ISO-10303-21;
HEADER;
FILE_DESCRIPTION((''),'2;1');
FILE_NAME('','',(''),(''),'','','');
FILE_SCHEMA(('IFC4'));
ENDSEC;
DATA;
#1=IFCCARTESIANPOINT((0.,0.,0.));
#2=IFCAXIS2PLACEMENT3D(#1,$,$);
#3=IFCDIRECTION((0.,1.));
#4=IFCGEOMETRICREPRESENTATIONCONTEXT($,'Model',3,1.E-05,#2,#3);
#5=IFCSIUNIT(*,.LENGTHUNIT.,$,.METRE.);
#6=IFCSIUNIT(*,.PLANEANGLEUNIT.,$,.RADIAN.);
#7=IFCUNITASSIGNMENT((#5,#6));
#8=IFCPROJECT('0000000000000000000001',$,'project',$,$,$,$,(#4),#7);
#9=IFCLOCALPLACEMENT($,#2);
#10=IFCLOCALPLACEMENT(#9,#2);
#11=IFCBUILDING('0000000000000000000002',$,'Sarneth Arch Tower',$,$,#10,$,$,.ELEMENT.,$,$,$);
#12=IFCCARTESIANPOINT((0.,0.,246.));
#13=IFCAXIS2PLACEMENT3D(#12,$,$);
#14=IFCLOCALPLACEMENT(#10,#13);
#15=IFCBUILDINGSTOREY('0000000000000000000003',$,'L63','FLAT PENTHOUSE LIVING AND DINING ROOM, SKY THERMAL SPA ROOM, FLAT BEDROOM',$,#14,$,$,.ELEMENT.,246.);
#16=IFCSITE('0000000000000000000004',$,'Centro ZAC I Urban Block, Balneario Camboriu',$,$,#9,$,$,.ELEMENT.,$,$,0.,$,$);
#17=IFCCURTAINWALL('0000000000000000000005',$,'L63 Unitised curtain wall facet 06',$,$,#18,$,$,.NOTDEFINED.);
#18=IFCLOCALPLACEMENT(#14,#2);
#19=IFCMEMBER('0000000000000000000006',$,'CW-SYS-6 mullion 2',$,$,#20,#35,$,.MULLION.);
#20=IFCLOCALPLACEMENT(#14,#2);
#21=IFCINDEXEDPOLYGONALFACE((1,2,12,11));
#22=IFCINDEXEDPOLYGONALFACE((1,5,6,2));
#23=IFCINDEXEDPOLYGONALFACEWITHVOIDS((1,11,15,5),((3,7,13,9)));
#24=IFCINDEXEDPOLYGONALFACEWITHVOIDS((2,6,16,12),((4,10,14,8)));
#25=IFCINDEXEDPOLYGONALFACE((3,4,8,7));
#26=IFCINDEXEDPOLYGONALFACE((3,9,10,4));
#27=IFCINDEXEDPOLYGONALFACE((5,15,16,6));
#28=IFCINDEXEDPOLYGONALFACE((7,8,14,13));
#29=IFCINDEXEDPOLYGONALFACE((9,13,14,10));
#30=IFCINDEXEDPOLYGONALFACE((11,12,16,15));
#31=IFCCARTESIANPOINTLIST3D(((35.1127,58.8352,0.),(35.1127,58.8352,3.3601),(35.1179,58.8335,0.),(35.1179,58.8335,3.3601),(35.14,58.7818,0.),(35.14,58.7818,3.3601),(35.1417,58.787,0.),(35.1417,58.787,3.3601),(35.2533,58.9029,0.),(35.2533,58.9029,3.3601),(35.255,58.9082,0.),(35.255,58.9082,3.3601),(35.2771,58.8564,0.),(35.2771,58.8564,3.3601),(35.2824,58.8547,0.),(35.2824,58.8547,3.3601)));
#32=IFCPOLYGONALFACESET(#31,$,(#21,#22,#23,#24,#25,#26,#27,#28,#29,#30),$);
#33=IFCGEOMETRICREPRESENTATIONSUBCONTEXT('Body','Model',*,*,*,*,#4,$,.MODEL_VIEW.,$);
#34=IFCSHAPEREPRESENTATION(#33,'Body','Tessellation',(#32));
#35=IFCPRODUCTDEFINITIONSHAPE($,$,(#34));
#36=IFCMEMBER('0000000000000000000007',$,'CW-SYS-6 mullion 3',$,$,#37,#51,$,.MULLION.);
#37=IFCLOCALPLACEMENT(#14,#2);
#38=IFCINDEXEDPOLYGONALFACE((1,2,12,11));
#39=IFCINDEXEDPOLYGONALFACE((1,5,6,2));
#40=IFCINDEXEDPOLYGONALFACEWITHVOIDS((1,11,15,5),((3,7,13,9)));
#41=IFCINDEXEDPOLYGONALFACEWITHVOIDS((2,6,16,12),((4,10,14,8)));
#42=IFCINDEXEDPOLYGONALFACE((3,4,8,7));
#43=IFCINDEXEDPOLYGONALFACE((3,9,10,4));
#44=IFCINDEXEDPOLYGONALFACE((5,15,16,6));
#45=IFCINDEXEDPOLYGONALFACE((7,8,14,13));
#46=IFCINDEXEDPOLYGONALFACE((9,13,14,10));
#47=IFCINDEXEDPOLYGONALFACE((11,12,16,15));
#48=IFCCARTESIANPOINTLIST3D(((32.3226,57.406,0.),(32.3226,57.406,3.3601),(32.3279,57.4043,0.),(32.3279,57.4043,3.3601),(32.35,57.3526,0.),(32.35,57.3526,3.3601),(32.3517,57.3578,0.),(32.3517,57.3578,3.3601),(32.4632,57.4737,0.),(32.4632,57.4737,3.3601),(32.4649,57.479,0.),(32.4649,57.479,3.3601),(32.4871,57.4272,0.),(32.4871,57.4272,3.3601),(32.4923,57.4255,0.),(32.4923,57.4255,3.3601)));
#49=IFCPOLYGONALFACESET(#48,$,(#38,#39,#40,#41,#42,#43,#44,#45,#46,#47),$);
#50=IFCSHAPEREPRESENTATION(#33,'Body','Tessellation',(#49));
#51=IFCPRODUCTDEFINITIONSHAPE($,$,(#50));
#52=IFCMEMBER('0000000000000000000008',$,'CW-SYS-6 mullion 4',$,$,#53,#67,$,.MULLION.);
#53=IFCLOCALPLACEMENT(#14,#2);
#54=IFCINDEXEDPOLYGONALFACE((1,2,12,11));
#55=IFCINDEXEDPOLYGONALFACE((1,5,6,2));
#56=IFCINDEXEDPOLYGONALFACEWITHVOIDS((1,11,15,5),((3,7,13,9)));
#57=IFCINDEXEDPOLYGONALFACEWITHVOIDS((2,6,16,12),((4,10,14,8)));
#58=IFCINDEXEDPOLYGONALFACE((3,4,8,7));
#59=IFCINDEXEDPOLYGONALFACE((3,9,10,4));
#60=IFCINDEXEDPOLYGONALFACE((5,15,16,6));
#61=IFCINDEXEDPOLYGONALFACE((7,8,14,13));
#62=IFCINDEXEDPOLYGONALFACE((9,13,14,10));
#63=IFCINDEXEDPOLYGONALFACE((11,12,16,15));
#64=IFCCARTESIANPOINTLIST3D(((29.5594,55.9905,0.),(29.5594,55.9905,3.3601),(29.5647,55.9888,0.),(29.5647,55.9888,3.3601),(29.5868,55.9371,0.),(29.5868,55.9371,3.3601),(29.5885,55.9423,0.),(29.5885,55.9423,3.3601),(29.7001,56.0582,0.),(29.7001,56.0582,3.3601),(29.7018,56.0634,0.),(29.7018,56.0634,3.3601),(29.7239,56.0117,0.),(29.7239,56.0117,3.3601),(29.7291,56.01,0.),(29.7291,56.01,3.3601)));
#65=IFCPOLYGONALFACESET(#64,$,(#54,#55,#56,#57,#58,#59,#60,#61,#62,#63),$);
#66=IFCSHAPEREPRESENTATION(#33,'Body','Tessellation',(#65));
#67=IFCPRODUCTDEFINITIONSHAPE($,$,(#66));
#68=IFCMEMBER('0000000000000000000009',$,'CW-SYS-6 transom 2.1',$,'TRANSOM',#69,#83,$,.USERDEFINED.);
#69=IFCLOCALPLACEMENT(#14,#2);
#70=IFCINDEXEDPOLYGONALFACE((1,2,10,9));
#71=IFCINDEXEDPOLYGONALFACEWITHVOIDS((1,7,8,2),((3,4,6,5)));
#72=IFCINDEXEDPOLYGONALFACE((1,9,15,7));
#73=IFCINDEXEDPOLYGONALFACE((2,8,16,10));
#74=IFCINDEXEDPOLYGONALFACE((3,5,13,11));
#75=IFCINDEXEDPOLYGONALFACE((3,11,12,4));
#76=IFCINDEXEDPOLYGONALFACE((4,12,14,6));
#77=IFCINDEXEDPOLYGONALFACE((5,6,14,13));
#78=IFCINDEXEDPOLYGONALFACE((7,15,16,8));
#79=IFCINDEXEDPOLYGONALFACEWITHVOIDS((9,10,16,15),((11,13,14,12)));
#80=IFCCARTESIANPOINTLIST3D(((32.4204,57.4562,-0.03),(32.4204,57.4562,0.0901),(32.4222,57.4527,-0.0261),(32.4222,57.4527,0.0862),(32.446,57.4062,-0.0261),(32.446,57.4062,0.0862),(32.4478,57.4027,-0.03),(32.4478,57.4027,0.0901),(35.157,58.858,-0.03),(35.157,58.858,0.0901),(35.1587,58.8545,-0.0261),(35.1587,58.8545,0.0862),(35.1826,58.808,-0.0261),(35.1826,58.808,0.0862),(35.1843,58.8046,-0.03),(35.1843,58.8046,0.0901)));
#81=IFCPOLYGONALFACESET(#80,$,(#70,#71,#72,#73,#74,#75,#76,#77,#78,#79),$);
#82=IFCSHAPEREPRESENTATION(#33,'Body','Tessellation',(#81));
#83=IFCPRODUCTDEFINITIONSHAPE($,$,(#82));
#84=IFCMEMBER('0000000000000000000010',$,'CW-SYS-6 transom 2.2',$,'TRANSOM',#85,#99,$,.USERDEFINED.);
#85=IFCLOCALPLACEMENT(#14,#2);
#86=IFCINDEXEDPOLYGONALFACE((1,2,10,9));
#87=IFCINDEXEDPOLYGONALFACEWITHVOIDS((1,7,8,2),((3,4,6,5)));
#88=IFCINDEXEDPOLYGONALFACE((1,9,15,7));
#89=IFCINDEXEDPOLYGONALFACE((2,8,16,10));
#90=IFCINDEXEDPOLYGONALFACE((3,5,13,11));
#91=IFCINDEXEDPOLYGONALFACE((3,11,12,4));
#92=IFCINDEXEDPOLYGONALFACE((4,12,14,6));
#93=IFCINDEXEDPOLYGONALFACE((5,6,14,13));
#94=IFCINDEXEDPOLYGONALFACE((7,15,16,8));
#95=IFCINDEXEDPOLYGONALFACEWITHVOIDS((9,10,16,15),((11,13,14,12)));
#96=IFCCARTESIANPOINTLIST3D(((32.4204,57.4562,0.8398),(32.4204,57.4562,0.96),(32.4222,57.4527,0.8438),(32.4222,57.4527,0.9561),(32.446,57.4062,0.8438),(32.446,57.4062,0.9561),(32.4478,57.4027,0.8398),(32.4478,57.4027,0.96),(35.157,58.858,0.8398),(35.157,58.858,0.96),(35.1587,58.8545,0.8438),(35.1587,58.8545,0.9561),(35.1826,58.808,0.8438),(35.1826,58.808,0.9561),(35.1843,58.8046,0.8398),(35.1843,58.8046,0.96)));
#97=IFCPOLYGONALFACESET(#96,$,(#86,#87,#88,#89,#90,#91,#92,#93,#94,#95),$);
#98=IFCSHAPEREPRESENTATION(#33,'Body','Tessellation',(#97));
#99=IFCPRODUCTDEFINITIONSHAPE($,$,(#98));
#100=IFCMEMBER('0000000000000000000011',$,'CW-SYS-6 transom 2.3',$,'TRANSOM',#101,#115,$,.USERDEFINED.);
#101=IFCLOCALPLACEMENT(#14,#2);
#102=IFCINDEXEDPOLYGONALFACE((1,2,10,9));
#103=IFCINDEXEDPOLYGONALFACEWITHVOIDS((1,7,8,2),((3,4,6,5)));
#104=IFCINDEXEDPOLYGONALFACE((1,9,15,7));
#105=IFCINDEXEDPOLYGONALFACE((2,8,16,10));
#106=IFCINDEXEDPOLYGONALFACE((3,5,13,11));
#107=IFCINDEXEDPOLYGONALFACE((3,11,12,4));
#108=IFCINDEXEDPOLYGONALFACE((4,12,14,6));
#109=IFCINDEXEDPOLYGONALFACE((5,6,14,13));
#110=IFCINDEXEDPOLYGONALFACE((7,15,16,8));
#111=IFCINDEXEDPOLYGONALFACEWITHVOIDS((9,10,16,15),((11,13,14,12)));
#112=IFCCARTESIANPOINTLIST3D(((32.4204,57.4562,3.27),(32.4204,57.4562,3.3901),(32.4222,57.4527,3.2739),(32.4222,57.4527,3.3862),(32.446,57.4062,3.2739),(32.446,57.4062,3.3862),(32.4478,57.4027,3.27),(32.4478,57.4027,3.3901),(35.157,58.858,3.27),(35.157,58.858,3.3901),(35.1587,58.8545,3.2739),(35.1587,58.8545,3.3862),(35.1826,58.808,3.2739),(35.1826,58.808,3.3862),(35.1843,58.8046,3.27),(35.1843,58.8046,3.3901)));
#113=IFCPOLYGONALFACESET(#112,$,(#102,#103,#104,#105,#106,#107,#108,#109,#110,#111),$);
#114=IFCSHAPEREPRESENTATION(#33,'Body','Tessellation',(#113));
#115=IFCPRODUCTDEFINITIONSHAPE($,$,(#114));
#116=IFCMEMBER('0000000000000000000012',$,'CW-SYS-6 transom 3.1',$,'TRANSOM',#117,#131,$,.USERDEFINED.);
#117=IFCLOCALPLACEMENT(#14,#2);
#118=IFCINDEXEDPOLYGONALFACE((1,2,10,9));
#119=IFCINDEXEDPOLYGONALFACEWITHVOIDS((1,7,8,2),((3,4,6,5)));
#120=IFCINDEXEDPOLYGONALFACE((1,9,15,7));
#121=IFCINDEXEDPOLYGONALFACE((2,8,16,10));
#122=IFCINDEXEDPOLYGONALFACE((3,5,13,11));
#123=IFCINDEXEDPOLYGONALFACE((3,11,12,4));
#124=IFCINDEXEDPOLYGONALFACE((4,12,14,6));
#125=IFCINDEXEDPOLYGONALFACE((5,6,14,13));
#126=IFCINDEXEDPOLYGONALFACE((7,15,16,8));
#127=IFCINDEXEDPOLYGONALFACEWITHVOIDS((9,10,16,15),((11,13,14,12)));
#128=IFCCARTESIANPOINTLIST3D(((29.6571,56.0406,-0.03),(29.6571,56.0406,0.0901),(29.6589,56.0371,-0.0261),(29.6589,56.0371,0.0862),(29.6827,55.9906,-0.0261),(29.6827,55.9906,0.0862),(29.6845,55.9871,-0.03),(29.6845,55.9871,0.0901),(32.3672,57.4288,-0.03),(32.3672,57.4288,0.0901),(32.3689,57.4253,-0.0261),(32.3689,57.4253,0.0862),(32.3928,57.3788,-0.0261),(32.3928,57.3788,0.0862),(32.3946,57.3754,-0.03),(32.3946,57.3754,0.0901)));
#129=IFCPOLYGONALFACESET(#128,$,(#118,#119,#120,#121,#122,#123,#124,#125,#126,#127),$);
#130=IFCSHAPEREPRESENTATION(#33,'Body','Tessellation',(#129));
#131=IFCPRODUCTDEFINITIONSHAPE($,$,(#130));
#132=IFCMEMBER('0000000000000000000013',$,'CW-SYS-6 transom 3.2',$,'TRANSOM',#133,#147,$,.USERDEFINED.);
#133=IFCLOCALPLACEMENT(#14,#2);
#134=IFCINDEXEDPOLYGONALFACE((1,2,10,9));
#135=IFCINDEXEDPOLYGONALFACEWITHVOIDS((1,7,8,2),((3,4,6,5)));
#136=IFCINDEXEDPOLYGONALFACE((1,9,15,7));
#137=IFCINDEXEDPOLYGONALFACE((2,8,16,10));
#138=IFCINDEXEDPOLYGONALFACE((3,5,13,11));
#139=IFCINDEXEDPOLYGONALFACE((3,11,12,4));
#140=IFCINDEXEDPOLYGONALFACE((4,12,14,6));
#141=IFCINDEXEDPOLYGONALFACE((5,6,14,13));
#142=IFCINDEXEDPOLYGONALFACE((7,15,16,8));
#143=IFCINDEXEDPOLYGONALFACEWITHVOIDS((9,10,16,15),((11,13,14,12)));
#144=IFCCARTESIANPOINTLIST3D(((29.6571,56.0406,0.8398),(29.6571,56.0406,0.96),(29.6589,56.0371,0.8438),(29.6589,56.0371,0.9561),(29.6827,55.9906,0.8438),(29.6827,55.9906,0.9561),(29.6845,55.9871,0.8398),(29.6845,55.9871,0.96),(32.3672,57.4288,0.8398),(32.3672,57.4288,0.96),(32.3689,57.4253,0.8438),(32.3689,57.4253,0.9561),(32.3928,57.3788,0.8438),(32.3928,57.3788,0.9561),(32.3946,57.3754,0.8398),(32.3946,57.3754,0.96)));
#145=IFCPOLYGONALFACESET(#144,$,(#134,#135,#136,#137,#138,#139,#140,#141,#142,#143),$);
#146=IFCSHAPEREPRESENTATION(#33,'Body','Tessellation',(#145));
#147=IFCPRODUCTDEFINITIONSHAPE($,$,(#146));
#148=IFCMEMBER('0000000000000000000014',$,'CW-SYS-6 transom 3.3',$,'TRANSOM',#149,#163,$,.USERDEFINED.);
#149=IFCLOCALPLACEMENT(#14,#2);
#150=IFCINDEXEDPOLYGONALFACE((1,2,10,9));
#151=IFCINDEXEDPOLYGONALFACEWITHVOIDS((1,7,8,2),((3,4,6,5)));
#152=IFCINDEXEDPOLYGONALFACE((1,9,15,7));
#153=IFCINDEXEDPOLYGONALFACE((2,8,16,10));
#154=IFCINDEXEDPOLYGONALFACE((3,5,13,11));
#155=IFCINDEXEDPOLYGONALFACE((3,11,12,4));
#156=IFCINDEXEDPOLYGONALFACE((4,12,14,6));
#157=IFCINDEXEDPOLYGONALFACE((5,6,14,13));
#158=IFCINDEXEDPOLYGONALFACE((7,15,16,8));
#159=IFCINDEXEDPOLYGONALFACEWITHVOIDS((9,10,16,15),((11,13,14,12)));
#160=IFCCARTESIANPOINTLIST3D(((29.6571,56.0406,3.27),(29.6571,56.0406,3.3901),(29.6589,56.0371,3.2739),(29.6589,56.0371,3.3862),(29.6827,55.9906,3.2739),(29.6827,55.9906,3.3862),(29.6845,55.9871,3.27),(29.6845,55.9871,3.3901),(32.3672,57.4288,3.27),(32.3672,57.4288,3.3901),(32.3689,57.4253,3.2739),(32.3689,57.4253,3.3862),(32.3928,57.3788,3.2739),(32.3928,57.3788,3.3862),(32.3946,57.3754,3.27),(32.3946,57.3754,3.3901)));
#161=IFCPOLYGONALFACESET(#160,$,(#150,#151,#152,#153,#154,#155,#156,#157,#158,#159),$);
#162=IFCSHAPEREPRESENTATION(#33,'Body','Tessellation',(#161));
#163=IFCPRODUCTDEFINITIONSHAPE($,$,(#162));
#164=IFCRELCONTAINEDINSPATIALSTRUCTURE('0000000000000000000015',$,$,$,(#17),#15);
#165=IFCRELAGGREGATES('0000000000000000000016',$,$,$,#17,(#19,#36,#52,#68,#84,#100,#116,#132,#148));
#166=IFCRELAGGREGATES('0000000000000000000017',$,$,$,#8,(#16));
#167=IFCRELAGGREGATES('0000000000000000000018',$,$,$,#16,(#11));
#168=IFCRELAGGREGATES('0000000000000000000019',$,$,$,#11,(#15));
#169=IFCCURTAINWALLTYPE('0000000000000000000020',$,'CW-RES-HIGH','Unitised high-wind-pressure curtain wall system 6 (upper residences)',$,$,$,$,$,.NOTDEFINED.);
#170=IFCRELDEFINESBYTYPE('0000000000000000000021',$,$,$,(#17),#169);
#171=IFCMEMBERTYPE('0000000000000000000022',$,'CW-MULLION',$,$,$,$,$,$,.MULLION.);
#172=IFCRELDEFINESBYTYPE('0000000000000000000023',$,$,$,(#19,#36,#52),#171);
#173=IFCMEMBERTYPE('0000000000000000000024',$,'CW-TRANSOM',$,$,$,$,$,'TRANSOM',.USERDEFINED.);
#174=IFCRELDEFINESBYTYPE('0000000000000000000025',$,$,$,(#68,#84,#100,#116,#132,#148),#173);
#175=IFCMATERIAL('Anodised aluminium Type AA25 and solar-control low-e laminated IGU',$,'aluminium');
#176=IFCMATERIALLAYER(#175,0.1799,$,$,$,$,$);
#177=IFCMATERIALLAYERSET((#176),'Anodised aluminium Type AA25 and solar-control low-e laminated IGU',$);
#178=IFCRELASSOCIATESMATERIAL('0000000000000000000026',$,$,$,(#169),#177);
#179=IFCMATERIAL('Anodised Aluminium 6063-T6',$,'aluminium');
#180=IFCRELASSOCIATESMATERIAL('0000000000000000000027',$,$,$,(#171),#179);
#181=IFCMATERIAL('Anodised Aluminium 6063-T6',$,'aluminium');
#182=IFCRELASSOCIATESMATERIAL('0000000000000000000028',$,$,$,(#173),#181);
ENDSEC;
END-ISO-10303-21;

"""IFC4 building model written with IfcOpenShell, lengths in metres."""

from ifc_helpers import new_model, si_unit, direction, frame, origin, origin_2d, place, context, subcontext, project, spatial, hollow_rectangle, extrude, material, layer, layer_set, material_profile, profile_set, type_object, element, aggregate, save


model = new_model("IFC4")

# Units and contexts
model_context = context("Model", 3, precision=1e-05, world=origin(), true_north=direction((0.0, 1.0)))
body_context = subcontext(model_context, "Body", "Model", "MODEL_VIEW")
ifc_project = project(units=[si_unit("LENGTHUNIT", "METRE"), si_unit("PLANEANGLEUNIT", "RADIAN")], contexts=[model_context])

# Site, building, storey
site_placement = place(None, origin())
site = spatial("IfcSite", under=ifc_project, at=site_placement, Name="Centro ZAC I Urban Block, Balneario Camboriu", CompositionType="ELEMENT", RefElevation=0.0)
building_placement = place(site_placement, origin())
building = spatial("IfcBuilding", under=site, at=building_placement, Name="Sarneth Arch Tower", CompositionType="ELEMENT")
storey_placement = place(building_placement, frame((0.0, 0.0, 246.0)))
storey = spatial("IfcBuildingStorey", under=building, at=storey_placement, Name="L63", Description="FLAT PENTHOUSE LIVING AND DINING ROOM, SKY THERMAL SPA ROOM, FLAT BEDROOM", CompositionType="ELEMENT", Elevation=246.0)

# Curtain wall, members
ifc_material_1 = material(Name="Anodised aluminium Type AA25 and solar-control low-e laminated IGU", Category="aluminium")
ifc_layer_1 = layer(ifc_material_1, 0.1799)
ifc_layer_set_1 = layer_set([ifc_layer_1], Name="Anodised aluminium Type AA25 and solar-control low-e laminated IGU")
curtain_wall_type = type_object("IfcCurtainWallType", Name="CW-RES-HIGH", Description="Unitised high-wind-pressure curtain wall system 6 (upper residences)", PredefinedType="NOTDEFINED", material=ifc_layer_set_1)
curtain_wall_placement = place(storey_placement, origin())
curtain_wall = element("IfcCurtainWall", 1, at=curtain_wall_placement, inside=storey, type_object=curtain_wall_type, Name="L63 Unitised curtain wall facet 06", PredefinedType="NOTDEFINED")
ifc_material_2 = material(Name="Anodised Aluminium 6063-T6", Category="aluminium")
ifc_material_profile_1 = material_profile(ifc_material_2, hollow_rectangle(XDim=0.0601, YDim=0.1599, WallThickness=0.0039, at=origin_2d()), Name="AL-MULL-160x60x4")
ifc_profile_set_1 = profile_set([ifc_material_profile_1], Name="Anodised Aluminium 6063-T6")
member_type_1 = type_object("IfcMemberType", Name="CW-MULLION", PredefinedType="MULLION", material=ifc_profile_set_1)
member_1_placement = place(storey_placement, frame((35.1975, 58.845, 0.0), z_axis=(0.0, 0.0, 1.0), x_axis=(0.455942, -0.89001, 0.0)))
member_1 = element("IfcMember", 2, at=member_1_placement, type_object=member_type_1, Name="CW-SYS-6 mullion 2", PredefinedType="MULLION", context=body_context, shape_type="SweptSolid", body=[
    extrude(hollow_rectangle(XDim=0.0601, YDim=0.1599, WallThickness=0.0039, at=origin_2d()), origin(), (0.0, 0.0, 1.0), 3.3601),
])
member_2_placement = place(storey_placement, frame((32.4075, 57.4158, 0.0), z_axis=(0.0, 0.0, 1.0), x_axis=(0.455942, -0.89001, 0.0)))
member_2 = element("IfcMember", 3, at=member_2_placement, type_object=member_type_1, Name="CW-SYS-6 mullion 3", PredefinedType="MULLION", context=body_context, shape_type="SweptSolid", body=[
    extrude(hollow_rectangle(XDim=0.0601, YDim=0.1599, WallThickness=0.0039, at=origin_2d()), origin(), (0.0, 0.0, 1.0), 3.3601),
])
member_3_placement = place(storey_placement, frame((29.6443, 56.0002, 0.0), z_axis=(0.0, 0.0, 1.0), x_axis=(0.455942, -0.89001, 0.0)))
member_3 = element("IfcMember", 4, at=member_3_placement, type_object=member_type_1, Name="CW-SYS-6 mullion 4", PredefinedType="MULLION", context=body_context, shape_type="SweptSolid", body=[
    extrude(hollow_rectangle(XDim=0.0601, YDim=0.1599, WallThickness=0.0039, at=origin_2d()), origin(), (0.0, 0.0, 1.0), 3.3601),
])
ifc_material_3 = material(Name="Anodised Aluminium 6063-T6", Category="aluminium")
ifc_material_profile_2 = material_profile(ifc_material_3, hollow_rectangle(XDim=0.0601, YDim=0.1201, WallThickness=0.0039, at=origin_2d()), Name="AL-TRAN-120x60x4")
ifc_profile_set_2 = profile_set([ifc_material_profile_2], Name="Anodised Aluminium 6063-T6")
member_type_2 = type_object("IfcMemberType", Name="CW-TRANSOM", ElementType="TRANSOM", PredefinedType="USERDEFINED", material=ifc_profile_set_2)
member_4_placement = place(storey_placement, frame((35.1707, 58.8313, 0.03), z_axis=(-0.890017, -0.455926, 0.0), x_axis=(0.455926, -0.890017, 0.0)))
member_4 = element("IfcMember", 5, at=member_4_placement, type_object=member_type_2, Name="CW-SYS-6 transom 2.1", ObjectType="TRANSOM", PredefinedType="USERDEFINED", context=body_context, shape_type="SweptSolid", body=[
    extrude(hollow_rectangle(XDim=0.0601, YDim=0.1201, WallThickness=0.0039, at=origin_2d()), origin(), (0.0, 0.0, 1.0), 3.0747),
])
member_5_placement = place(storey_placement, frame((35.1707, 58.8313, 0.8999), z_axis=(-0.890017, -0.455926, 0.0), x_axis=(0.455926, -0.890017, 0.0)))
member_5 = element("IfcMember", 6, at=member_5_placement, type_object=member_type_2, Name="CW-SYS-6 transom 2.2", ObjectType="TRANSOM", PredefinedType="USERDEFINED", context=body_context, shape_type="SweptSolid", body=[
    extrude(hollow_rectangle(XDim=0.0601, YDim=0.1201, WallThickness=0.0039, at=origin_2d()), origin(), (0.0, 0.0, 1.0), 3.0747),
])
member_6_placement = place(storey_placement, frame((35.1707, 58.8313, 3.3301), z_axis=(-0.890017, -0.455926, 0.0), x_axis=(0.455926, -0.890017, 0.0)))
member_6 = element("IfcMember", 7, at=member_6_placement, type_object=member_type_2, Name="CW-SYS-6 transom 2.3", ObjectType="TRANSOM", PredefinedType="USERDEFINED", context=body_context, shape_type="SweptSolid", body=[
    extrude(hollow_rectangle(XDim=0.0601, YDim=0.1201, WallThickness=0.0039, at=origin_2d()), origin(), (0.0, 0.0, 1.0), 3.0747),
])
member_7_placement = place(storey_placement, frame((32.3809, 57.4021, 0.03), z_axis=(-0.890023, -0.455916, 0.0), x_axis=(0.455916, -0.890023, 0.0)))
member_7 = element("IfcMember", 8, at=member_7_placement, type_object=member_type_2, Name="CW-SYS-6 transom 3.1", ObjectType="TRANSOM", PredefinedType="USERDEFINED", context=body_context, shape_type="SweptSolid", body=[
    extrude(hollow_rectangle(XDim=0.0601, YDim=0.1201, WallThickness=0.0039, at=origin_2d()), origin(), (0.0, 0.0, 1.0), 3.0449),
])
member_8_placement = place(storey_placement, frame((32.3809, 57.4021, 0.8999), z_axis=(-0.890023, -0.455916, 0.0), x_axis=(0.455916, -0.890023, 0.0)))
member_8 = element("IfcMember", 9, at=member_8_placement, type_object=member_type_2, Name="CW-SYS-6 transom 3.2", ObjectType="TRANSOM", PredefinedType="USERDEFINED", context=body_context, shape_type="SweptSolid", body=[
    extrude(hollow_rectangle(XDim=0.0601, YDim=0.1201, WallThickness=0.0039, at=origin_2d()), origin(), (0.0, 0.0, 1.0), 3.0449),
])
member_9_placement = place(storey_placement, frame((32.3809, 57.4021, 3.3301), z_axis=(-0.890023, -0.455916, 0.0), x_axis=(0.455916, -0.890023, 0.0)))
member_9 = element("IfcMember", 10, at=member_9_placement, type_object=member_type_2, Name="CW-SYS-6 transom 3.3", ObjectType="TRANSOM", PredefinedType="USERDEFINED", context=body_context, shape_type="SweptSolid", body=[
    extrude(hollow_rectangle(XDim=0.0601, YDim=0.1201, WallThickness=0.0039, at=origin_2d()), origin(), (0.0, 0.0, 1.0), 3.0449),
])

aggregate(curtain_wall, [member_1, member_2, member_3, member_4, member_5, member_6, member_7, member_8, member_9])

save(model, "model.ifc")
